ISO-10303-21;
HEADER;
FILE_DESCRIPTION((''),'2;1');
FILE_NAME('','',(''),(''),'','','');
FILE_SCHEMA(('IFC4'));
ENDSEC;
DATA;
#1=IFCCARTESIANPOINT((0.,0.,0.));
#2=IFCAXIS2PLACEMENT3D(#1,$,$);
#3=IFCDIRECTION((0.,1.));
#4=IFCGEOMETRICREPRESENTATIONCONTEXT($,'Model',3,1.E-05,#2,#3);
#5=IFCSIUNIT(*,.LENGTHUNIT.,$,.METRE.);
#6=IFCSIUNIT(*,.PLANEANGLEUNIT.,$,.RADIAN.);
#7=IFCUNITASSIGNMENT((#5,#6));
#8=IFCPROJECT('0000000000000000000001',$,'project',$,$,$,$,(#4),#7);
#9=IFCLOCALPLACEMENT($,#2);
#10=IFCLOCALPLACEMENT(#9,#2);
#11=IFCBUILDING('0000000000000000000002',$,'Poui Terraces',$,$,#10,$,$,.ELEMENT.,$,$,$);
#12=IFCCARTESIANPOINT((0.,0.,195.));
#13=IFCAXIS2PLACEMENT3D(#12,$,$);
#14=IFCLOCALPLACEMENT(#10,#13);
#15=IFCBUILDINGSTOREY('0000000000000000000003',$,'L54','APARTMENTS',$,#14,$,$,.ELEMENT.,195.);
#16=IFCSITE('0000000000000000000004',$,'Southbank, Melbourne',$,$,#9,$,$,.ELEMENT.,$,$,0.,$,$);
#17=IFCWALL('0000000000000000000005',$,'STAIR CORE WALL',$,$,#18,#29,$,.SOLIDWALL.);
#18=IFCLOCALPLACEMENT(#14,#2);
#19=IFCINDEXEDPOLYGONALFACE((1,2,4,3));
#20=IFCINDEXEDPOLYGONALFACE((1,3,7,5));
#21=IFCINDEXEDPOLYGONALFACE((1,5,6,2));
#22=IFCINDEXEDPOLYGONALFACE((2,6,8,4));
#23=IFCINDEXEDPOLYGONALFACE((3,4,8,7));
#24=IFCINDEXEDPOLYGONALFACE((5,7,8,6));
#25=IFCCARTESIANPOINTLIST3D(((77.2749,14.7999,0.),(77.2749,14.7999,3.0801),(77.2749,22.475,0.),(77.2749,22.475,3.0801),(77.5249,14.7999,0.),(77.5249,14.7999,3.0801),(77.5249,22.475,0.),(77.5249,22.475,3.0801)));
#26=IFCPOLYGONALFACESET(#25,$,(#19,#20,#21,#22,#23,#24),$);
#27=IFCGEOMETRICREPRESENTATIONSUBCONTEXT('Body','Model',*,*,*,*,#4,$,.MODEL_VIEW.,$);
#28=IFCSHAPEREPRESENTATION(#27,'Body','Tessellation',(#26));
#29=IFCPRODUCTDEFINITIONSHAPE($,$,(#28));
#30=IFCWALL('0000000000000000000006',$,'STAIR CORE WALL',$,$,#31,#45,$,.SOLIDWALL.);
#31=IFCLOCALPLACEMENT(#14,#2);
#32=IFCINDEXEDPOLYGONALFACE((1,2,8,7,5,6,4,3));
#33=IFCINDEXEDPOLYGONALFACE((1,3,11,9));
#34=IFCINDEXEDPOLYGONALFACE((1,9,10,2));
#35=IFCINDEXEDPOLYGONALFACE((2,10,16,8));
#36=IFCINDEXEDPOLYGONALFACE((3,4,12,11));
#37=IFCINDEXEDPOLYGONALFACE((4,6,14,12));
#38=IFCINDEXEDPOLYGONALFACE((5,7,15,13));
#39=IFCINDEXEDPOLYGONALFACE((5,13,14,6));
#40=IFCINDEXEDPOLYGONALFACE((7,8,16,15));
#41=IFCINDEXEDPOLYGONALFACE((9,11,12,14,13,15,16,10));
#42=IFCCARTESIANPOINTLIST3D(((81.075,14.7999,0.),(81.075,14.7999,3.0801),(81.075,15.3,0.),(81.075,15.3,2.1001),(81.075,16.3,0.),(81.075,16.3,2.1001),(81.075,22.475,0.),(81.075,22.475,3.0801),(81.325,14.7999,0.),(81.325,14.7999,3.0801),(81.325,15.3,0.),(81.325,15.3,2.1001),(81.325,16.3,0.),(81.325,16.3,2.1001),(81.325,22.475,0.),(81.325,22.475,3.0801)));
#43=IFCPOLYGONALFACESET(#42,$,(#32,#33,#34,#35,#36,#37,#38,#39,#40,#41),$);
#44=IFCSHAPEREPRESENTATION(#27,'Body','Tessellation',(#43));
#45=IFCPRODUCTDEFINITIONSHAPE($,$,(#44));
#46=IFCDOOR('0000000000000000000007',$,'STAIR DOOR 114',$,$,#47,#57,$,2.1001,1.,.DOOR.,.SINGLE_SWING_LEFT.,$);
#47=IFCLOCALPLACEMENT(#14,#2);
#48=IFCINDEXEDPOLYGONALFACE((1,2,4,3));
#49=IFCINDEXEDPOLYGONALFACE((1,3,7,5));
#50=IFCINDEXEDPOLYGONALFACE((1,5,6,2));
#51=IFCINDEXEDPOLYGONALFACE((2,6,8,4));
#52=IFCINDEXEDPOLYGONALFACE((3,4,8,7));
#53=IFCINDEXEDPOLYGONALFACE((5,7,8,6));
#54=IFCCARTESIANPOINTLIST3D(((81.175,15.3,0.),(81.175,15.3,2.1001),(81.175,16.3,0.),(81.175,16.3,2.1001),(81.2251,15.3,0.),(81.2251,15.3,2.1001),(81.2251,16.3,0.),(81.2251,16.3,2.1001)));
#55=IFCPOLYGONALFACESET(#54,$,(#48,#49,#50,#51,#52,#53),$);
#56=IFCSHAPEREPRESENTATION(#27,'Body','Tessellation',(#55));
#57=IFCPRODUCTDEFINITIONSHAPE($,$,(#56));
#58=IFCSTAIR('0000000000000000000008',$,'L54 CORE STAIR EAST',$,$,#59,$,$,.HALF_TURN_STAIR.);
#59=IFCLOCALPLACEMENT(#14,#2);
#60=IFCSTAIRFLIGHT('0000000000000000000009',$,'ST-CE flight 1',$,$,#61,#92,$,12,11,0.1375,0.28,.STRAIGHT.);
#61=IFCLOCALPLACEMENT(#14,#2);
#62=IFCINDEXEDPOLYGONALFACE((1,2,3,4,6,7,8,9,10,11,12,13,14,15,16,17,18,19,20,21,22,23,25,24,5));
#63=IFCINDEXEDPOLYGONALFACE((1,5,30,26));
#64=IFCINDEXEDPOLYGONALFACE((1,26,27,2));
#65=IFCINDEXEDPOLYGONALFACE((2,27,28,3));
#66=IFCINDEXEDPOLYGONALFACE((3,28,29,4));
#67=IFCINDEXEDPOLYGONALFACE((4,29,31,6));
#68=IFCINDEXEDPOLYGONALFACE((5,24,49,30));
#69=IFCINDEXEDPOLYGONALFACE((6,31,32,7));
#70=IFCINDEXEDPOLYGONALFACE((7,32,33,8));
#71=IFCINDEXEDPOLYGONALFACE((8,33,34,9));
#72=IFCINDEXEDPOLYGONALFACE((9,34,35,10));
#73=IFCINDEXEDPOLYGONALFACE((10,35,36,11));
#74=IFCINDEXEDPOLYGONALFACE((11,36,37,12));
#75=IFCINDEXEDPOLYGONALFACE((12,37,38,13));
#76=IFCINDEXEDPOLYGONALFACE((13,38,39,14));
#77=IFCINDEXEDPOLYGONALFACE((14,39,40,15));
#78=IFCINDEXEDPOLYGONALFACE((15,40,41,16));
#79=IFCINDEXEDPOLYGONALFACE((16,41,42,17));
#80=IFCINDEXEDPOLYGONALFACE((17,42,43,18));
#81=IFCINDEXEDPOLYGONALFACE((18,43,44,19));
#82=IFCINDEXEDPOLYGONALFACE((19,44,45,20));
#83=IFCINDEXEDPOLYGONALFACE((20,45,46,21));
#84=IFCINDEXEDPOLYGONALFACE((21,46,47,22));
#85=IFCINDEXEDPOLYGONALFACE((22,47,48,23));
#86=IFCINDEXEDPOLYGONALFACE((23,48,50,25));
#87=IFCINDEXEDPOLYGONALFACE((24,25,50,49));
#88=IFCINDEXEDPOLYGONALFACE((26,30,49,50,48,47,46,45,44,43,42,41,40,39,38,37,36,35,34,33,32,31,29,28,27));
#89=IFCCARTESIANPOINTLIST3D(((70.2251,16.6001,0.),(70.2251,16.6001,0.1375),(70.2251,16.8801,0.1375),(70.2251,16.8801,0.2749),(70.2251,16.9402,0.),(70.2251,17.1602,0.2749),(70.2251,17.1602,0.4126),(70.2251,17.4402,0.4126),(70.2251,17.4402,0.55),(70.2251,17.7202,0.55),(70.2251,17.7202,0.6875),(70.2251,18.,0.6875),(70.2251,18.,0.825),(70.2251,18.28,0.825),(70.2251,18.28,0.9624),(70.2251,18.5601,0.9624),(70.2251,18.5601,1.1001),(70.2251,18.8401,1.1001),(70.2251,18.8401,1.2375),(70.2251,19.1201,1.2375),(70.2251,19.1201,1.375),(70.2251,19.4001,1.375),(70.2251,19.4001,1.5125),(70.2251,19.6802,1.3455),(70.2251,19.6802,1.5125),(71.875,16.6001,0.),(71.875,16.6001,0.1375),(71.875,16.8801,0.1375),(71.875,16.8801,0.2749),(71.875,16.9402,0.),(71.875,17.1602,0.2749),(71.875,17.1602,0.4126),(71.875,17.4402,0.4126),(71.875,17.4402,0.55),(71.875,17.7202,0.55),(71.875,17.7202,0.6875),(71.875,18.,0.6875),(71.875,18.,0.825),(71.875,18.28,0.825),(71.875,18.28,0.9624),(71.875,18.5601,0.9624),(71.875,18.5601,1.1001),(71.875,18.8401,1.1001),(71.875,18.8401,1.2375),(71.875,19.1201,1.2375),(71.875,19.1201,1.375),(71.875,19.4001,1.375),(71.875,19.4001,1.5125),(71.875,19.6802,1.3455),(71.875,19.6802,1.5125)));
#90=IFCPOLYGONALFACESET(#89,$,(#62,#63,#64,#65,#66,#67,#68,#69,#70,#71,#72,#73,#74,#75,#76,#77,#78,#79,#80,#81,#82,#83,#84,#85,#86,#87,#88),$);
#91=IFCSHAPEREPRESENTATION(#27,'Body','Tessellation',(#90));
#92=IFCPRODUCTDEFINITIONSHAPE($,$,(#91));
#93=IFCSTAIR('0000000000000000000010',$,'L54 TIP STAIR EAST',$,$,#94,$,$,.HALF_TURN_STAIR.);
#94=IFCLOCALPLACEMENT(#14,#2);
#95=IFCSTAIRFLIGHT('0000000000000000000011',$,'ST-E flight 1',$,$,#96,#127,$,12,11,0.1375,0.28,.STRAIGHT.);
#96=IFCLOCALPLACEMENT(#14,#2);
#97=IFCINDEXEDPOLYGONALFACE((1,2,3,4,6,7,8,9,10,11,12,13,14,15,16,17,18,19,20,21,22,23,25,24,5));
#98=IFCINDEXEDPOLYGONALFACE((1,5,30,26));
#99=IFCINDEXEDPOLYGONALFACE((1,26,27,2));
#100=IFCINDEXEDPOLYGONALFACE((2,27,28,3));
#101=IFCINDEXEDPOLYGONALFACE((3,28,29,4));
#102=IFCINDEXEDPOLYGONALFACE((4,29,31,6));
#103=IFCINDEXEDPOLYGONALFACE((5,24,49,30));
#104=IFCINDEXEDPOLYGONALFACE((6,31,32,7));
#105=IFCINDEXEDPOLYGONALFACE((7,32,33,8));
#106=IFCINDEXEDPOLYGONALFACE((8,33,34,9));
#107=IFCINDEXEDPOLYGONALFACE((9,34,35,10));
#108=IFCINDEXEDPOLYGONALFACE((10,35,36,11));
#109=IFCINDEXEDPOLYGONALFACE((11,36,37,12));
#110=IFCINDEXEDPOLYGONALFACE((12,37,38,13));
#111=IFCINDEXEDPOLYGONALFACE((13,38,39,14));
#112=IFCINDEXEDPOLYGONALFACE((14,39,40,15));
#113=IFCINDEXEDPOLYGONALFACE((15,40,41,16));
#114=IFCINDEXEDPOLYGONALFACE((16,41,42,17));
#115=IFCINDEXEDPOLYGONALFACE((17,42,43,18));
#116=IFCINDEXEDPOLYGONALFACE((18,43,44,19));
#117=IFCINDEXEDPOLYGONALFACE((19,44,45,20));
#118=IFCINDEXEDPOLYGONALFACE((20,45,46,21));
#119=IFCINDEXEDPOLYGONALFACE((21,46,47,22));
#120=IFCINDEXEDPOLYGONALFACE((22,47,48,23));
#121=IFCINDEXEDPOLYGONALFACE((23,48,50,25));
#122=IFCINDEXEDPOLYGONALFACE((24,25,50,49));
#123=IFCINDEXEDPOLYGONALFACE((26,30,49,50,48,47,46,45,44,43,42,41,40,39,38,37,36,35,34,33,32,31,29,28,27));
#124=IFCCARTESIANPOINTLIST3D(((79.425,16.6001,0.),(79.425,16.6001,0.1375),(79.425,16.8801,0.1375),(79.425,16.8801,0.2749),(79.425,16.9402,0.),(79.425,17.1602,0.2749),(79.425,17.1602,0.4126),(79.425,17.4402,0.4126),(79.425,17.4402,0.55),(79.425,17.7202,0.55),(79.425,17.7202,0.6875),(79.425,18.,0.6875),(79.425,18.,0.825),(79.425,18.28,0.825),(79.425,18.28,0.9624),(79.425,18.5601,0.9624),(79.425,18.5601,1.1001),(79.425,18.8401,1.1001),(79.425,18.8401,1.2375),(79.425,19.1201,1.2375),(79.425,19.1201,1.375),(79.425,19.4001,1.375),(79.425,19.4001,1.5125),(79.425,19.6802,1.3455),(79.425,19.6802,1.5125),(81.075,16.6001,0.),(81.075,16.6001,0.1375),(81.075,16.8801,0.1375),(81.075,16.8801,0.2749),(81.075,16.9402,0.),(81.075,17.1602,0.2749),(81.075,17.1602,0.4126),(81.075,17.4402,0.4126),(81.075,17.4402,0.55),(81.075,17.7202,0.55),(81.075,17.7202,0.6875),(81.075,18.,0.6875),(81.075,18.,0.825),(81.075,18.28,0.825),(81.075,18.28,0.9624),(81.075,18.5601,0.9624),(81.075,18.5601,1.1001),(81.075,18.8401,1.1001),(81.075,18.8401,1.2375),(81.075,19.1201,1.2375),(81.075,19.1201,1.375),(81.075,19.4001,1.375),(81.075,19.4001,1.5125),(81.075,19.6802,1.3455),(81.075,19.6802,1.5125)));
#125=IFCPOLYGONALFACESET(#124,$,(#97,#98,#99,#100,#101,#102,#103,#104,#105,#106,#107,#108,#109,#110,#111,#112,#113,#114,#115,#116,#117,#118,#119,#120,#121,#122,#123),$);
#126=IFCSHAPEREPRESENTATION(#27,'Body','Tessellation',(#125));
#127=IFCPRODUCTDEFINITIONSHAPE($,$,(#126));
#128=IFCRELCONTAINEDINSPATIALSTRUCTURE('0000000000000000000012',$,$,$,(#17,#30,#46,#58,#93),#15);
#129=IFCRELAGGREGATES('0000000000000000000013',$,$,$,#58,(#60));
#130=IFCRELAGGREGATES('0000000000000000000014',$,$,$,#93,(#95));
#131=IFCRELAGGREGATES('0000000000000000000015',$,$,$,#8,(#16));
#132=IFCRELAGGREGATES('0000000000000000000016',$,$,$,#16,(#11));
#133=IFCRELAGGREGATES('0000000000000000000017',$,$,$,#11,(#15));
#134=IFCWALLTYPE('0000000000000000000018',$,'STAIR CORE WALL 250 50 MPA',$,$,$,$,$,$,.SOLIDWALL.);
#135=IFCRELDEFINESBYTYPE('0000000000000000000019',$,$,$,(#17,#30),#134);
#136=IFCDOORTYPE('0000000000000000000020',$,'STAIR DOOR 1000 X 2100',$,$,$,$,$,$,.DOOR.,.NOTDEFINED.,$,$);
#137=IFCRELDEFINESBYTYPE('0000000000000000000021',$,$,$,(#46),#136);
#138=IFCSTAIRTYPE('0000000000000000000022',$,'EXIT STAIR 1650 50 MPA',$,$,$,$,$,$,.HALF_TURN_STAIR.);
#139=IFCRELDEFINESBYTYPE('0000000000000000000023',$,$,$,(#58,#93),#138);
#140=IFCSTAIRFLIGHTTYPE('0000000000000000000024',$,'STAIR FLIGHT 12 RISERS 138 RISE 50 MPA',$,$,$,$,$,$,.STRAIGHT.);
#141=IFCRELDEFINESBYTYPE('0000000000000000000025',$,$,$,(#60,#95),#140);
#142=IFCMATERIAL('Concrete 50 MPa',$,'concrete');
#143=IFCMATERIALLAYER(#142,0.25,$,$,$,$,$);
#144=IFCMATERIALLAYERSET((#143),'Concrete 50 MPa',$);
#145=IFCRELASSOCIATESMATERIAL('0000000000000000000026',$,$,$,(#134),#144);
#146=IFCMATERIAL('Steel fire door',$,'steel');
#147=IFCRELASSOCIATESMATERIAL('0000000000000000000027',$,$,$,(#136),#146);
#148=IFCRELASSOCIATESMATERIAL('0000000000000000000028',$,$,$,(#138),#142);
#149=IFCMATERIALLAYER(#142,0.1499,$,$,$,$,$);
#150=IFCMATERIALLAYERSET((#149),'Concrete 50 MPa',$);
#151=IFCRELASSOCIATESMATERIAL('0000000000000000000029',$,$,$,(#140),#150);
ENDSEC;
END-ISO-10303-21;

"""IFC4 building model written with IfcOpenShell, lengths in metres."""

from ifc_helpers import new_model, si_unit, direction, frame, frame_2d, origin, place, context, subcontext, project, spatial, polyline, rectangle, outline, extrude, material, layer, layer_set, type_object, element, fill, aggregate, save


model = new_model("IFC4")

# Units and contexts
model_context = context("Model", 3, precision=1e-05, world=origin(), true_north=direction((0.0, 1.0)))
body_context = subcontext(model_context, "Body", "Model", "MODEL_VIEW")
ifc_project = project(units=[si_unit("LENGTHUNIT", "METRE"), si_unit("PLANEANGLEUNIT", "RADIAN")], contexts=[model_context])

# Site, building, storey
site_placement = place(None, origin())
site = spatial("IfcSite", under=ifc_project, at=site_placement, Name="Southbank, Melbourne", CompositionType="ELEMENT", RefElevation=0.0)
building_placement = place(site_placement, origin())
building = spatial("IfcBuilding", under=site, at=building_placement, Name="Poui Terraces", CompositionType="ELEMENT")
storey_placement = place(building_placement, frame((0.0, 0.0, 195.0)))
storey = spatial("IfcBuildingStorey", under=building, at=storey_placement, Name="L54", Description="APARTMENTS", CompositionType="ELEMENT", Elevation=195.0)

# Shared definitions
ifc_material_1 = material(Name="Concrete 50 MPa", Category="concrete")

# Shared definitions
ifc_material_2 = material(Name="Steel fire door", Category="steel")

# Shared definitions
ifc_layer_1 = layer(ifc_material_1, 0.25)
ifc_layer_set_1 = layer_set([ifc_layer_1], Name="Concrete 50 MPa")
wall_type_1 = type_object("IfcWallType", Name="STAIR CORE WALL 250 50 MPA", PredefinedType="SOLIDWALL", material=ifc_layer_set_1)
door_type_1 = type_object("IfcDoorType", Name="STAIR DOOR 1000 X 2100", OperationType="NOTDEFINED", PredefinedType="DOOR", material=ifc_material_2)

# Wall
for number, where, z_axis, x_axis, name in (
    (1, (77.3999, 14.8, 0.0), (0.0, 0.0, 1.0), (0.0, 1.0, 0.0), "STAIR CORE WALL"),
):
    element("IfcWall", number, at=place(storey_placement, frame(where, z_axis=z_axis, x_axis=x_axis)), inside=storey, type_object=wall_type_1, Name=name, PredefinedType="SOLIDWALL", context=body_context, shape_type="SweptSolid", body=[
        extrude(rectangle(XDim=7.675, YDim=0.25, at=frame_2d((3.8374, 0.0))), origin(), (0.0, 0.0, 1.0), 3.0801),
    ])

# Wall, opening, door
wall_1_placement = place(storey_placement, frame((81.2, 14.8, 0.0), z_axis=(0.0, 0.0, 1.0), x_axis=(0.0, 1.0, 0.0)))
wall_1 = element("IfcWall", 2, at=wall_1_placement, inside=storey, type_object=wall_type_1, Name="STAIR CORE WALL", PredefinedType="SOLIDWALL", context=body_context, shape_type="SweptSolid", body=[
    extrude(rectangle(XDim=7.675, YDim=0.25, at=frame_2d((3.8374, 0.0))), origin(), (0.0, 0.0, 1.0), 3.0801),
])
opening_1_placement = place(wall_1_placement, frame((0.5, 0.0, 0.0)))
opening_1 = element("IfcOpeningElement", 3, at=opening_1_placement, cuts=wall_1, PredefinedType="OPENING", context=body_context, shape_type="SweptSolid", body=[
    extrude(rectangle(XDim=1.0, YDim=2.1001, at=frame_2d((0.5, 1.05))), frame((0.0, 0.135, 0.0), z_axis=(0.0, -1.0, 0.0), x_axis=(1.0, 0.0, 0.0)), (0.0, 0.0, 1.0), 0.27),
])
door_1_placement = place(opening_1_placement, origin())
door_1 = element("IfcDoor", 4, at=door_1_placement, inside=storey, type_object=door_type_1, Name="STAIR DOOR 114", OperationType="SINGLE_SWING_LEFT", OverallHeight=2.1001, OverallWidth=1.0, PredefinedType="DOOR", context=body_context, shape_type="SweptSolid", body=[
    extrude(rectangle(XDim=1.0, YDim=2.1001, at=frame_2d((0.5, 1.05))), frame((0.0, 0.0249, 0.0), z_axis=(0.0, -1.0, 0.0), x_axis=(1.0, 0.0, 0.0)), (0.0, 0.0, 1.0), 0.05),
])
fill(opening_1, door_1)

# Stairs, stair flights
stair_type = type_object("IfcStairType", Name="EXIT STAIR 1650 50 MPA", PredefinedType="HALF_TURN_STAIR", material=ifc_material_1)
stair_1_placement = place(storey_placement, origin())
stair_1 = element("IfcStair", 5, at=stair_1_placement, inside=storey, type_object=stair_type, Name="L54 CORE STAIR EAST", PredefinedType="HALF_TURN_STAIR")
ifc_layer_2 = layer(ifc_material_1, 0.1499)
ifc_layer_set_2 = layer_set([ifc_layer_2], Name="Concrete 50 MPa")
stair_flight_type = type_object("IfcStairFlightType", Name="STAIR FLIGHT 12 RISERS 138 RISE 50 MPA", PredefinedType="STRAIGHT", material=ifc_layer_set_2)
stair_flight_1_placement = place(storey_placement, frame((71.05, 16.6001, 0.0), z_axis=(0.0, 0.0, 1.0), x_axis=(0.0, 1.0, 0.0)))
stair_flight_1 = element("IfcStairFlight", 6, at=stair_flight_1_placement, type_object=stair_flight_type, Name="ST-CE flight 1", NumberOfRisers=12, NumberOfTreads=11, PredefinedType="STRAIGHT", RiserHeight=0.1375, TreadLength=0.28, context=body_context, shape_type="SweptSolid", body=[
    extrude(outline(polyline([(0.0, 0.0), (0.0, 0.1375), (0.28, 0.1375), (0.28, 0.2749), (0.5601, 0.2749), (0.5601, 0.4126), (0.8401, 0.4126), (0.8401, 0.55), (1.1201, 0.55), (1.1201, 0.6875), (1.3999, 0.6875), (1.3999, 0.825), (1.6799, 0.825), (1.6799, 0.9624), (1.96, 0.9624), (1.96, 1.1001), (2.24, 1.1001), (2.24, 1.2375), (2.52, 1.2375), (2.52, 1.375), (2.8, 1.375), (2.8, 1.5125), (3.0801, 1.5125), (3.0801, 1.6499), (3.0801, 1.3455), (0.3401, 0.0), (0.0, 0.0)])), frame((0.0, 0.825, 0.0), z_axis=(0.0, -1.0, 0.0), x_axis=(1.0, 0.0, 0.0)), (0.0, 0.0, 1.0), 1.6499),
])
aggregate(stair_1, [stair_flight_1])
stair_2_placement = place(storey_placement, origin())
stair_2 = element("IfcStair", 7, at=stair_2_placement, inside=storey, type_object=stair_type, Name="L54 TIP STAIR EAST", PredefinedType="HALF_TURN_STAIR")
stair_flight_2_placement = place(storey_placement, frame((80.25, 16.6001, 0.0), z_axis=(0.0, 0.0, 1.0), x_axis=(0.0, 1.0, 0.0)))
stair_flight_2 = element("IfcStairFlight", 8, at=stair_flight_2_placement, type_object=stair_flight_type, Name="ST-E flight 1", NumberOfRisers=12, NumberOfTreads=11, PredefinedType="STRAIGHT", RiserHeight=0.1375, TreadLength=0.28, context=body_context, shape_type="SweptSolid", body=[
    extrude(outline(polyline([(0.0, 0.0), (0.0, 0.1375), (0.28, 0.1375), (0.28, 0.2749), (0.5601, 0.2749), (0.5601, 0.4126), (0.8401, 0.4126), (0.8401, 0.55), (1.1201, 0.55), (1.1201, 0.6875), (1.3999, 0.6875), (1.3999, 0.825), (1.6799, 0.825), (1.6799, 0.9624), (1.96, 0.9624), (1.96, 1.1001), (2.24, 1.1001), (2.24, 1.2375), (2.52, 1.2375), (2.52, 1.375), (2.8, 1.375), (2.8, 1.5125), (3.0801, 1.5125), (3.0801, 1.6499), (3.0801, 1.3455), (0.3401, 0.0), (0.0, 0.0)])), frame((0.0, 0.825, 0.0), z_axis=(0.0, -1.0, 0.0), x_axis=(1.0, 0.0, 0.0)), (0.0, 0.0, 1.0), 1.6499),
])
aggregate(stair_2, [stair_flight_2])

save(model, "model.ifc")
